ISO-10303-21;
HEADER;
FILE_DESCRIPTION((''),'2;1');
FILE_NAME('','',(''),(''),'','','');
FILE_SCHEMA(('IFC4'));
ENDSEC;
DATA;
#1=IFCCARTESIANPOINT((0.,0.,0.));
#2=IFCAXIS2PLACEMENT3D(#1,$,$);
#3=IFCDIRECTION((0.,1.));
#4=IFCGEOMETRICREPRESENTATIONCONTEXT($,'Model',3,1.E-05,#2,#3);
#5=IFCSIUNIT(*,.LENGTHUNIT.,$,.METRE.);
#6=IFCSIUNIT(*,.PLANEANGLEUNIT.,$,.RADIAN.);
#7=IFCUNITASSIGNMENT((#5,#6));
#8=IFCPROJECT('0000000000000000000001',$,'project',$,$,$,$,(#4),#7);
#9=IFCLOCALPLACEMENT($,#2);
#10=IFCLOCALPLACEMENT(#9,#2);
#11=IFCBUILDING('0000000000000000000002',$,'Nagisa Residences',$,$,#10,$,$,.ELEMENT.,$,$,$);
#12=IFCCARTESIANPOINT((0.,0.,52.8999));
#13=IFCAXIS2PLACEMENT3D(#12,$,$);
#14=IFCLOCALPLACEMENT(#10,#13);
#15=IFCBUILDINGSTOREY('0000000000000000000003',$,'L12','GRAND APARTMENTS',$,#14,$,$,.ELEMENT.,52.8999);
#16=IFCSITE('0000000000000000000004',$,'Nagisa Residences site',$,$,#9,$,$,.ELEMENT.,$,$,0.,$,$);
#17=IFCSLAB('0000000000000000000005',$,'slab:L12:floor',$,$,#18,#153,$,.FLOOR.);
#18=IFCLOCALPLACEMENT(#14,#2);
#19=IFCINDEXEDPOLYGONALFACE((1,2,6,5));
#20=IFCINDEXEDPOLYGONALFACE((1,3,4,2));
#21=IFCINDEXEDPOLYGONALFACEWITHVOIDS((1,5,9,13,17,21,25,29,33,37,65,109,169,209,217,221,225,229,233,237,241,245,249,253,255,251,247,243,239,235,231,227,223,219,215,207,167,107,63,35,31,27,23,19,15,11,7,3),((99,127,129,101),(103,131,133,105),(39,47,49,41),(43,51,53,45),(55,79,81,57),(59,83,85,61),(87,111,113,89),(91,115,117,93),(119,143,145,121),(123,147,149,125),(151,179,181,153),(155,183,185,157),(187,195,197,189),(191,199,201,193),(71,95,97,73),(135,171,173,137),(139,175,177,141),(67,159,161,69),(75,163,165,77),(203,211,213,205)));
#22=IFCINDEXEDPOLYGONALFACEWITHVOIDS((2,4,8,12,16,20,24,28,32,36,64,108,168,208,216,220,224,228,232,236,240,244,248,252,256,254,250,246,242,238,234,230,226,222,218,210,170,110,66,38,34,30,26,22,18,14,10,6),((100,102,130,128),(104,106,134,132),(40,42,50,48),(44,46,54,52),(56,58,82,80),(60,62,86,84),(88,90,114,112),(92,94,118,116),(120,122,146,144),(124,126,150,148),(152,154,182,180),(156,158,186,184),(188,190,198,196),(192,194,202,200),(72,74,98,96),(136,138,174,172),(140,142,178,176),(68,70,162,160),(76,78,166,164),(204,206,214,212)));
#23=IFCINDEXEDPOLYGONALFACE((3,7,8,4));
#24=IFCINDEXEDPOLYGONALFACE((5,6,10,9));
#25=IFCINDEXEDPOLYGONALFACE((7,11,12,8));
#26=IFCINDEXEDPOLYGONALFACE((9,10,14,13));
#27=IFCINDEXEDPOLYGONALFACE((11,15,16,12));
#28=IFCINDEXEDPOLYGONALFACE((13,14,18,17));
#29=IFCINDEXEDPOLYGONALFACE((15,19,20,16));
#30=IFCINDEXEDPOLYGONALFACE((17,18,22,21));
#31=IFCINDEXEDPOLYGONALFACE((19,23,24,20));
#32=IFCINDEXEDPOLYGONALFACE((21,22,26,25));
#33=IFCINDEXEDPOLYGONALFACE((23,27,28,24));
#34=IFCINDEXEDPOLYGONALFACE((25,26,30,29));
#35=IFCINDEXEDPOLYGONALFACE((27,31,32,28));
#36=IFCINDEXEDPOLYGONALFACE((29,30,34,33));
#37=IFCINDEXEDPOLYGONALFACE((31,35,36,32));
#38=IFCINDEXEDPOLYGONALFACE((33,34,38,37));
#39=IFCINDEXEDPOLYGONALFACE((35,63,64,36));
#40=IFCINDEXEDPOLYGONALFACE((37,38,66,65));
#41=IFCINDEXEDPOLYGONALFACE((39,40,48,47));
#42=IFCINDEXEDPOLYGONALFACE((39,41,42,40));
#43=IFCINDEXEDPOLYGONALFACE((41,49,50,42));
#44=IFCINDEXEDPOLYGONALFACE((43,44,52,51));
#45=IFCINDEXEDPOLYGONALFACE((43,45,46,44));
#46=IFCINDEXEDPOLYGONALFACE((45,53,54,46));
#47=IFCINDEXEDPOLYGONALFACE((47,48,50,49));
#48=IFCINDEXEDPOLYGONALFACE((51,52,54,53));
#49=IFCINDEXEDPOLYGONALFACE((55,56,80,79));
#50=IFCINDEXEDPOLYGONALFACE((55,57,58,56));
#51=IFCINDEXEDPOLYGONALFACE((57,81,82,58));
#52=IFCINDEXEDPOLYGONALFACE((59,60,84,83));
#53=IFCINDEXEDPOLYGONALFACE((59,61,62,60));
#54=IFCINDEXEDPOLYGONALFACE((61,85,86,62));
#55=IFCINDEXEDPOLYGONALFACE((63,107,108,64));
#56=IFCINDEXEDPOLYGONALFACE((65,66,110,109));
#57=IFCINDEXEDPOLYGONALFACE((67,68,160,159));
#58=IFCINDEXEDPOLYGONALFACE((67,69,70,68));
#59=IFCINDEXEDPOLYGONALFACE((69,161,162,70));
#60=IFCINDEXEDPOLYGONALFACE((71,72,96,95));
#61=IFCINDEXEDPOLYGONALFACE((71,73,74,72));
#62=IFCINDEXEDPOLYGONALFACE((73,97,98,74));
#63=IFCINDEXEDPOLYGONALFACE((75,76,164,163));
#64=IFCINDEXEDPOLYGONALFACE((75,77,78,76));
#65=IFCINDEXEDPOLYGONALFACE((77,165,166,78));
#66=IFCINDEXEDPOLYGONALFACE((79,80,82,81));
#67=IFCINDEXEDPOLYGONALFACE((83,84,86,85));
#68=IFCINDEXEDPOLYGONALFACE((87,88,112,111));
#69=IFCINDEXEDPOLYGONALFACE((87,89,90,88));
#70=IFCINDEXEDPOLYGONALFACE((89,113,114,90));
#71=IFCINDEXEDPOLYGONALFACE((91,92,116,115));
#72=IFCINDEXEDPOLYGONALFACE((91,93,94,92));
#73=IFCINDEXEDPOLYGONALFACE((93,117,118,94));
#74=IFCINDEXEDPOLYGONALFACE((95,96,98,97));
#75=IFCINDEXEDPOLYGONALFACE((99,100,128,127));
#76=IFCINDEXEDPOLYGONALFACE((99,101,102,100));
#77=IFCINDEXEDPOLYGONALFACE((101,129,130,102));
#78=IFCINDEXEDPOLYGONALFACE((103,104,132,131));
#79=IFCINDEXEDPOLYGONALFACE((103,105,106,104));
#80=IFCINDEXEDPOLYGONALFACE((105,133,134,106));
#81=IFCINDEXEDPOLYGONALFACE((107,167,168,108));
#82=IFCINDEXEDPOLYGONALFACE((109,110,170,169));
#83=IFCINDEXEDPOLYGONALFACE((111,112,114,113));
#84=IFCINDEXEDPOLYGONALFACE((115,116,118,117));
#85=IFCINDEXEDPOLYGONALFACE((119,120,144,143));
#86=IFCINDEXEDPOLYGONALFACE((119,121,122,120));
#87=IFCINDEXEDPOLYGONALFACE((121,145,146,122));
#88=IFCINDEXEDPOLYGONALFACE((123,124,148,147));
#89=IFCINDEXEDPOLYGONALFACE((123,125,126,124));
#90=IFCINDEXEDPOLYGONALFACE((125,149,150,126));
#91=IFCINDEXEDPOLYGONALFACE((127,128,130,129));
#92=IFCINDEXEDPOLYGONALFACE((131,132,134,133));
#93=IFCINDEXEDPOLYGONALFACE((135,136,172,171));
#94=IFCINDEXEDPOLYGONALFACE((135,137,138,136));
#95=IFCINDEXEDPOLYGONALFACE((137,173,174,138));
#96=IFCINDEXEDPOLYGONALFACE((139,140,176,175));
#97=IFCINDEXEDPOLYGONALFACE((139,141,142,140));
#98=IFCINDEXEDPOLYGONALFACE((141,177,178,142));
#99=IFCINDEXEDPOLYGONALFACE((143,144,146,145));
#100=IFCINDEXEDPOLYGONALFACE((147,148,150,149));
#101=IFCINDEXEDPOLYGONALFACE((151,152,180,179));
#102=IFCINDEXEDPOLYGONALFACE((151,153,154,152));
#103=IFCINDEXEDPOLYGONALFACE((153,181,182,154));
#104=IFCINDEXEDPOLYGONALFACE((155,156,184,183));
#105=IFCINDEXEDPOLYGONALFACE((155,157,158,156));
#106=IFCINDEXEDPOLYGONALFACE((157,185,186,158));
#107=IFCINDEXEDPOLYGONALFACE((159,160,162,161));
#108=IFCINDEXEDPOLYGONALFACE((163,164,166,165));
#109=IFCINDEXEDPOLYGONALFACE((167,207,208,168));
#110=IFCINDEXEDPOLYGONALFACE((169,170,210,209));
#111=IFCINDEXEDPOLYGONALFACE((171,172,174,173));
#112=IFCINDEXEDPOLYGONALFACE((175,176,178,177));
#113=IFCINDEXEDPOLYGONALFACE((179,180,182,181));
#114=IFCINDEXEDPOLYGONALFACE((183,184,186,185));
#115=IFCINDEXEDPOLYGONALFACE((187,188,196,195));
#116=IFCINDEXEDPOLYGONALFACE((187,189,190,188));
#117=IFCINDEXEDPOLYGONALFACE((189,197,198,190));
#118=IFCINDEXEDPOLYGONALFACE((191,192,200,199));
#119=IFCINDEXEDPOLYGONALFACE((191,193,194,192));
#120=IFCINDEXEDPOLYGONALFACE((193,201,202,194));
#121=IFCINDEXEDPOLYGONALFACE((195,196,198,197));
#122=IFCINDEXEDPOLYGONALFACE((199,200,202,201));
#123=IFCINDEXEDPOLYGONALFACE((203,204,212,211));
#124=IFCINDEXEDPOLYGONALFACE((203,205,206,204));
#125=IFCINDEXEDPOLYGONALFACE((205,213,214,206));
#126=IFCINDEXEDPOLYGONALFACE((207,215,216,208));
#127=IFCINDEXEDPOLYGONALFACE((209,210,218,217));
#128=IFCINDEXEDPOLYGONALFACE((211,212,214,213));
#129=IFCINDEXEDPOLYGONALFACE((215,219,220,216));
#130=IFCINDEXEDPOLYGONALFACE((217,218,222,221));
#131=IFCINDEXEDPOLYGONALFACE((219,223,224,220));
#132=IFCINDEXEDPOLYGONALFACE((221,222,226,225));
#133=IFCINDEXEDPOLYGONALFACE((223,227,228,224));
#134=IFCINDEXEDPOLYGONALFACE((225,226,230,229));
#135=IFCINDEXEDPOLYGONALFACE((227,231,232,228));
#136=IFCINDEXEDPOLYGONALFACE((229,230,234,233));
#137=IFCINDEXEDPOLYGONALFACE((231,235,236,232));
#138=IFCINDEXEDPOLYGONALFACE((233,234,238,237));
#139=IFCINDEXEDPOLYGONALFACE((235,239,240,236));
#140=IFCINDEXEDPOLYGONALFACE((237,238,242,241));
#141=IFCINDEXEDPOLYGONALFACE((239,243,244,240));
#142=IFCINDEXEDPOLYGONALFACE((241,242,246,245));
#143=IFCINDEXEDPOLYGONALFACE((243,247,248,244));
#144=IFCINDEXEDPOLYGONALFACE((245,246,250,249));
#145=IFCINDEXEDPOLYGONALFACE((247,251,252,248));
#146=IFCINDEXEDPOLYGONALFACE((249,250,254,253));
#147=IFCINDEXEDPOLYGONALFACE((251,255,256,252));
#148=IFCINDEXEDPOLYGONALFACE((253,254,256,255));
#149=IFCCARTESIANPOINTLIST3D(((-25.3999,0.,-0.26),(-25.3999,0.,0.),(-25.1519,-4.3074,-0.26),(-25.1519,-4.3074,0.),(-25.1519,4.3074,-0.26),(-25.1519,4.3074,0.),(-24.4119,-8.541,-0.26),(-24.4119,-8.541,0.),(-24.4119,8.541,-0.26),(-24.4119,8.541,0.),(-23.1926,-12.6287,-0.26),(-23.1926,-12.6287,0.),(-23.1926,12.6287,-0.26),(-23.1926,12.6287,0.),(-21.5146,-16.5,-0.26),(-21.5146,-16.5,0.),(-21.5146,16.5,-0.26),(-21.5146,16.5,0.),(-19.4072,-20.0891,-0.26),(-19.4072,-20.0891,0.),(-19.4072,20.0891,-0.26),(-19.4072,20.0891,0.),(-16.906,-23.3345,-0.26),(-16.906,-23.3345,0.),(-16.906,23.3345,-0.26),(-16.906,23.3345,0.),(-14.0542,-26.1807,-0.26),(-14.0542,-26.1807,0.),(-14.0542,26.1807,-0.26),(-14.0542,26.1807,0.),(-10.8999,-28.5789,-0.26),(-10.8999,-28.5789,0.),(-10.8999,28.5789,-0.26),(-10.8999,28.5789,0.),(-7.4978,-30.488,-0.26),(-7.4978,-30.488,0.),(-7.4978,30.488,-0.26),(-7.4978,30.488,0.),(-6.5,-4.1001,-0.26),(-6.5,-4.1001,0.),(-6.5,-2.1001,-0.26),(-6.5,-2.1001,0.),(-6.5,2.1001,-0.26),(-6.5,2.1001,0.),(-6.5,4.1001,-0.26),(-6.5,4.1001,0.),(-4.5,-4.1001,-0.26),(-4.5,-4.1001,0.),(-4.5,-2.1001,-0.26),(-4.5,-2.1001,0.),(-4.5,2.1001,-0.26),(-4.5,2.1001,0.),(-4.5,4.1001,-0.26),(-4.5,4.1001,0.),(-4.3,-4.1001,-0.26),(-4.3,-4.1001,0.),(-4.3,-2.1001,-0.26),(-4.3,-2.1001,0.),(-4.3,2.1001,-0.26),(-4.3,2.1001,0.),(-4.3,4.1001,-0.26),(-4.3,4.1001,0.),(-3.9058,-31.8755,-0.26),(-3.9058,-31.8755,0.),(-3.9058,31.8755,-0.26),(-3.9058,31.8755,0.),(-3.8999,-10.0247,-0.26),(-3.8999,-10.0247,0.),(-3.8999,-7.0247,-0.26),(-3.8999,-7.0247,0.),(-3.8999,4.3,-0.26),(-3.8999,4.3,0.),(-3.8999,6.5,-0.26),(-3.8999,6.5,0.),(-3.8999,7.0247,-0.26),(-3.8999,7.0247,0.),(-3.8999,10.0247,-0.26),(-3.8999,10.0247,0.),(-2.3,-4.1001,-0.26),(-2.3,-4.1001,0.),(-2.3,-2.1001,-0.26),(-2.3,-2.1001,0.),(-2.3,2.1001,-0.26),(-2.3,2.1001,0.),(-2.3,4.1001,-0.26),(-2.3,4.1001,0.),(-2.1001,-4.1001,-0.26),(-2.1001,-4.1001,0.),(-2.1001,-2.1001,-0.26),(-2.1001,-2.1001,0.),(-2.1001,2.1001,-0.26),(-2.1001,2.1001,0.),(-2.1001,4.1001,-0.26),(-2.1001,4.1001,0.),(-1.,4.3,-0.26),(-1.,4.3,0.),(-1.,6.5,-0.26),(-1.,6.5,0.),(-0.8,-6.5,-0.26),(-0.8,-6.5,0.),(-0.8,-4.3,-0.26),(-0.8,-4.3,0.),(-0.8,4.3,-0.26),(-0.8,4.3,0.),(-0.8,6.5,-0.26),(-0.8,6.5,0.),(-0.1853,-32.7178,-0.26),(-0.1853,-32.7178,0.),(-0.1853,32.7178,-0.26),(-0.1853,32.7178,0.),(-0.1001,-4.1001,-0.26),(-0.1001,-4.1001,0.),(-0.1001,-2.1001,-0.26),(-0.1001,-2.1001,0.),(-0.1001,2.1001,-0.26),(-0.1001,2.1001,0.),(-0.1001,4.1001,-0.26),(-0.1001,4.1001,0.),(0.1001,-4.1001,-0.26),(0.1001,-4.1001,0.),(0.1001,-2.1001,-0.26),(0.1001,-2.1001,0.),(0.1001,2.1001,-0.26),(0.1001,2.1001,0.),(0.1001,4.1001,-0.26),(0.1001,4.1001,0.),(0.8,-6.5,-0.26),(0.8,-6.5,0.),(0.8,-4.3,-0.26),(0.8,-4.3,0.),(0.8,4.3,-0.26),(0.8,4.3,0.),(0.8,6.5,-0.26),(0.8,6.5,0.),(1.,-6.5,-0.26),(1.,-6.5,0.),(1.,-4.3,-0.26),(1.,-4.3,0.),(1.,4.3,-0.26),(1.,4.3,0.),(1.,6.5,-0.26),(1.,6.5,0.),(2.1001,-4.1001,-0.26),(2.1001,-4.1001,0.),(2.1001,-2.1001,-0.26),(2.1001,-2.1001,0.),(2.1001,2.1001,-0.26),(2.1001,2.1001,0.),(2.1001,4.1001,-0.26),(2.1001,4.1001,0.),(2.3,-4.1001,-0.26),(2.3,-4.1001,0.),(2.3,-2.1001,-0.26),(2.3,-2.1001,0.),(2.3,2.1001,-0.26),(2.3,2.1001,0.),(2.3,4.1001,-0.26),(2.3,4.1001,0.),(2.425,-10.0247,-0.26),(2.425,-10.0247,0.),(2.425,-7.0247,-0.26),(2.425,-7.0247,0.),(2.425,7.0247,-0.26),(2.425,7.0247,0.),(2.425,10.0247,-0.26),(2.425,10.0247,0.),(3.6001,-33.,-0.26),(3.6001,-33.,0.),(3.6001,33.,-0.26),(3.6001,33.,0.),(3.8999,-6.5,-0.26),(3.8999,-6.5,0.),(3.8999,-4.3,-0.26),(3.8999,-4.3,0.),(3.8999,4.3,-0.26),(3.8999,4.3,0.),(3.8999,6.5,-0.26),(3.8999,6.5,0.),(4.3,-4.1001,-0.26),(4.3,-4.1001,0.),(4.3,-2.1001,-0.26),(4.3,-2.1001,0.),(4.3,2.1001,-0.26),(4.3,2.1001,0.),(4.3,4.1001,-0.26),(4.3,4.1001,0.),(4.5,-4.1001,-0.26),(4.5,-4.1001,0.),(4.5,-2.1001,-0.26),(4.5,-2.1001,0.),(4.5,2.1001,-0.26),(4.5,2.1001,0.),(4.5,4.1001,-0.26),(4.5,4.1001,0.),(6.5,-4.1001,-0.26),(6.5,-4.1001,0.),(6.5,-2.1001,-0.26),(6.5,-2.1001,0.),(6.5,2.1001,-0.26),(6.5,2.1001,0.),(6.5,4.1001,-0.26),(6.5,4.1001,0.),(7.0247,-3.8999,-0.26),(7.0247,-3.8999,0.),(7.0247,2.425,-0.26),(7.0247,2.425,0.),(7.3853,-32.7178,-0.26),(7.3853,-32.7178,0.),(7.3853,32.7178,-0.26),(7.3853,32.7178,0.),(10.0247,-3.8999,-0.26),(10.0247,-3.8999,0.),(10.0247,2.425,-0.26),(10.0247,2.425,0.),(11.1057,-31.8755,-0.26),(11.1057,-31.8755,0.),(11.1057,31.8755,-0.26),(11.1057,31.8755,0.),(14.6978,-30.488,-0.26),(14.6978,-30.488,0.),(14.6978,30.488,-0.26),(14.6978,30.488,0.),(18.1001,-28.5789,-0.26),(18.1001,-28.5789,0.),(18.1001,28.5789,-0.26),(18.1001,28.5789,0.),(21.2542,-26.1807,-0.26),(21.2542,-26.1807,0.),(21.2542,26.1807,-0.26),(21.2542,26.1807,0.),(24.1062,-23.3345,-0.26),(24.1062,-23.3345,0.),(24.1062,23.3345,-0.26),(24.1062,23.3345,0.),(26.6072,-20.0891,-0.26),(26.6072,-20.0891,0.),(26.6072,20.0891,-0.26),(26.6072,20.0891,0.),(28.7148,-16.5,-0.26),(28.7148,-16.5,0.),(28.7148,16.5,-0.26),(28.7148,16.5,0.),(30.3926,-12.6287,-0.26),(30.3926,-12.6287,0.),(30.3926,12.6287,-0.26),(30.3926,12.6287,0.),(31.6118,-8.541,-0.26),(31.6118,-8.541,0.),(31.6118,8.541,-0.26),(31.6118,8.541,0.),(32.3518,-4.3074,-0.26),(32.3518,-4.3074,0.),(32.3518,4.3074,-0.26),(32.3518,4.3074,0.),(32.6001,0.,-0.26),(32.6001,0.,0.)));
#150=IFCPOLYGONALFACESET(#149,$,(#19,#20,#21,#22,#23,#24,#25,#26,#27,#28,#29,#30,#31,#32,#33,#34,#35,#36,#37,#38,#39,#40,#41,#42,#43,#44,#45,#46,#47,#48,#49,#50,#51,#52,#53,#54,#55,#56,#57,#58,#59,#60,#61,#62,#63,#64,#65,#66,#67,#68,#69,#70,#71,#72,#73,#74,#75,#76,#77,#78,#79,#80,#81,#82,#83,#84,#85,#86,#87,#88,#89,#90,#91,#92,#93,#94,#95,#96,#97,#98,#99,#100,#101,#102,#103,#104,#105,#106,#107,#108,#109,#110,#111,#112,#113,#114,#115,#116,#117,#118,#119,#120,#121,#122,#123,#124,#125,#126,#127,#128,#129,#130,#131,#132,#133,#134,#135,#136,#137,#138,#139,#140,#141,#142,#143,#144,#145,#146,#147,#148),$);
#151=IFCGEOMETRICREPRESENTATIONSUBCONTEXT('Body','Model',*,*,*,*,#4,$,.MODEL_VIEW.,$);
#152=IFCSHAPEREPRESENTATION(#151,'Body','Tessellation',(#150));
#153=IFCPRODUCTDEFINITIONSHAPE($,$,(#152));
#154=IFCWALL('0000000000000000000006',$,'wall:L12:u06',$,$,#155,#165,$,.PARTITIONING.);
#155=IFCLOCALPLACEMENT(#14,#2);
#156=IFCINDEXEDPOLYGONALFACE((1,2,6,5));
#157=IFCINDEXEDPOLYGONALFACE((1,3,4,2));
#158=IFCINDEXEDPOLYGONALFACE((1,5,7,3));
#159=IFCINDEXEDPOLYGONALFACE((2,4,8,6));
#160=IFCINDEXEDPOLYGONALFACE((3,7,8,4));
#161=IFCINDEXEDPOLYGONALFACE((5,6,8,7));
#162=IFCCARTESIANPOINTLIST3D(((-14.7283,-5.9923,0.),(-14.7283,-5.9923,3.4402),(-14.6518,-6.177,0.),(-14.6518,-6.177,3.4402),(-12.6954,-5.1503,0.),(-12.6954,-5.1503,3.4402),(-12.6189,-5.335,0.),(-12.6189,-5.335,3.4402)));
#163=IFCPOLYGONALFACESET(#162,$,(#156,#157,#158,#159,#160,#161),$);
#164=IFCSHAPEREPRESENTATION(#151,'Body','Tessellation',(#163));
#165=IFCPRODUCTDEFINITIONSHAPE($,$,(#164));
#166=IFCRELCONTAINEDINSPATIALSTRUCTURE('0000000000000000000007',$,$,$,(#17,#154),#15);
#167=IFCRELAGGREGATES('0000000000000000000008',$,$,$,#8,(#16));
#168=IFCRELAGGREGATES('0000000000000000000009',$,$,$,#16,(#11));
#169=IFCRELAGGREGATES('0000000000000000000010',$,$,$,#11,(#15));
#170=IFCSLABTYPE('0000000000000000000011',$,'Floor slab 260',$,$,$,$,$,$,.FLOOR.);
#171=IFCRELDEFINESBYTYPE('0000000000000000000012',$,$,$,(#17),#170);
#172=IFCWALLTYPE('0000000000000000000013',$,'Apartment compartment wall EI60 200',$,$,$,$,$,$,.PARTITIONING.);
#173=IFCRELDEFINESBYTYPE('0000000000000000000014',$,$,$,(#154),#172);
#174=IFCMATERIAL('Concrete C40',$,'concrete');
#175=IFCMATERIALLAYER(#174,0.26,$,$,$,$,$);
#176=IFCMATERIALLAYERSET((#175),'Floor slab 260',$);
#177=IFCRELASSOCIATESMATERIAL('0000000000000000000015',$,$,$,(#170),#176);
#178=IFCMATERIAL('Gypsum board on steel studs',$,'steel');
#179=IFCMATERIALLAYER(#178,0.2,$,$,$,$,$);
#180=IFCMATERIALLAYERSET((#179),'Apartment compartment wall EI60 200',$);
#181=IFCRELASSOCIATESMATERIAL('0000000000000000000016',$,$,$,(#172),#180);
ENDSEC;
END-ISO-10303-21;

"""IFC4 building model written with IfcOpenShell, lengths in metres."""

from ifc_helpers import new_model, si_unit, direction, frame, frame_2d, origin, place, context, subcontext, project, spatial, polyline, rectangle, outline, extrude, material, layer, layer_set, type_object, element, save


model = new_model("IFC4")

# Units and contexts
model_context = context("Model", 3, precision=1e-05, world=origin(), true_north=direction((0.0, 1.0)))
body_context = subcontext(model_context, "Body", "Model", "MODEL_VIEW")
ifc_project = project(units=[si_unit("LENGTHUNIT", "METRE"), si_unit("PLANEANGLEUNIT", "RADIAN")], contexts=[model_context])

# Site, building, storey
site_placement = place(None, origin())
site = spatial("IfcSite", under=ifc_project, at=site_placement, Name="Nagisa Residences site", CompositionType="ELEMENT", RefElevation=0.0)
building_placement = place(site_placement, origin())
building = spatial("IfcBuilding", under=site, at=building_placement, Name="Nagisa Residences", CompositionType="ELEMENT")
storey_placement = place(building_placement, frame((0.0, 0.0, 52.8999)))
storey = spatial("IfcBuildingStorey", under=building, at=storey_placement, Name="L12", Description="GRAND APARTMENTS", CompositionType="ELEMENT", Elevation=52.8999)

# Slab
ifc_material_1 = material(Name="Concrete C40", Category="concrete")
ifc_layer_1 = layer(ifc_material_1, 0.26)
ifc_layer_set_1 = layer_set([ifc_layer_1], Name="Floor slab 260")
slab_type_1 = type_object("IfcSlabType", Name="Floor slab 260", PredefinedType="FLOOR", material=ifc_layer_set_1)
slab_1_placement = place(storey_placement, frame((0.0, 0.0, -0.26)))
element("IfcSlab", 1, at=slab_1_placement, inside=storey, type_object=slab_type_1, Name="slab:L12:floor", PredefinedType="FLOOR", context=body_context, shape_type="SweptSolid", body=[
    extrude(outline(polyline([(32.6001, 0.0), (32.3518, 4.3074), (31.6118, 8.541), (30.3926, 12.6287), (28.7148, 16.5), (26.6072, 20.0891), (24.1062, 23.3345), (21.2542, 26.1807), (18.1001, 28.5789), (14.6978, 30.488), (11.1057, 31.8755), (7.3853, 32.7178), (3.6001, 33.0), (-0.1853, 32.7178), (-3.9058, 31.8755), (-7.4978, 30.488), (-10.8999, 28.5789), (-14.0542, 26.1807), (-16.906, 23.3345), (-19.4072, 20.0891), (-21.5146, 16.5), (-23.1926, 12.6287), (-24.4119, 8.541), (-25.1519, 4.3074), (-25.3999, 0.0), (-25.1519, -4.3074), (-24.4119, -8.541), (-23.1926, -12.6287), (-21.5146, -16.5), (-19.4072, -20.0891), (-16.906, -23.3345), (-14.0542, -26.1807), (-10.8999, -28.5789), (-7.4978, -30.488), (-3.9058, -31.8755), (-0.1853, -32.7178), (3.6001, -33.0), (7.3853, -32.7178), (11.1057, -31.8755), (14.6978, -30.488), (18.1001, -28.5789), (21.2542, -26.1807), (24.1062, -23.3345), (26.6072, -20.0891), (28.7148, -16.5), (30.3926, -12.6287), (31.6118, -8.541), (32.3518, -4.3074), (32.6001, 0.0)]), holes=[polyline([(-4.5, 2.1001), (-4.5, 4.1001), (-6.5, 4.1001), (-6.5, 2.1001), (-4.5, 2.1001)]), polyline([(-2.3, 2.1001), (-2.3, 4.1001), (-4.3, 4.1001), (-4.3, 2.1001), (-2.3, 2.1001)]), polyline([(-0.1001, 2.1001), (-0.1001, 4.1001), (-2.1001, 4.1001), (-2.1001, 2.1001), (-0.1001, 2.1001)]), polyline([(2.1001, 2.1001), (2.1001, 4.1001), (0.1001, 4.1001), (0.1001, 2.1001), (2.1001, 2.1001)]), polyline([(4.3, 2.1001), (4.3, 4.1001), (2.3, 4.1001), (2.3, 2.1001), (4.3, 2.1001)]), polyline([(6.5, 2.1001), (6.5, 4.1001), (4.5, 4.1001), (4.5, 2.1001), (6.5, 2.1001)]), polyline([(-4.5, -4.1001), (-4.5, -2.1001), (-6.5, -2.1001), (-6.5, -4.1001), (-4.5, -4.1001)]), polyline([(-2.3, -4.1001), (-2.3, -2.1001), (-4.3, -2.1001), (-4.3, -4.1001), (-2.3, -4.1001)]), polyline([(-0.1001, -4.1001), (-0.1001, -2.1001), (-2.1001, -2.1001), (-2.1001, -4.1001), (-0.1001, -4.1001)]), polyline([(2.1001, -4.1001), (2.1001, -2.1001), (0.1001, -2.1001), (0.1001, -4.1001), (2.1001, -4.1001)]), polyline([(4.3, -4.1001), (4.3, -2.1001), (2.3, -2.1001), (2.3, -4.1001), (4.3, -4.1001)]), polyline([(6.5, -4.1001), (6.5, -2.1001), (4.5, -2.1001), (4.5, -4.1001), (6.5, -4.1001)]), polyline([(3.8999, 4.3), (3.8999, 6.5), (1.0, 6.5), (1.0, 4.3), (3.8999, 4.3)]), polyline([(3.8999, -6.5), (3.8999, -4.3), (1.0, -4.3), (1.0, -6.5), (3.8999, -6.5)]), polyline([(-1.0, 4.3), (-1.0, 6.5), (-3.8999, 6.5), (-3.8999, 4.3), (-1.0, 4.3)]), polyline([(0.8, 4.3), (0.8, 6.5), (-0.8, 6.5), (-0.8, 4.3), (0.8, 4.3)]), polyline([(0.8, -6.5), (0.8, -4.3), (-0.8, -4.3), (-0.8, -6.5), (0.8, -6.5)]), polyline([(10.0247, -3.8999), (7.0247, -3.8999), (7.0247, 2.425), (10.0247, 2.425), (10.0247, -3.8999)]), polyline([(-3.8999, 7.0247), (-3.8999, 10.0247), (2.425, 10.0247), (2.425, 7.0247), (-3.8999, 7.0247)]), polyline([(-3.8999, -10.0247), (-3.8999, -7.0247), (2.425, -7.0247), (2.425, -10.0247), (-3.8999, -10.0247)])]), origin(), (0.0, 0.0, 1.0), 0.26),
])

# Wall
ifc_material_2 = material(Name="Gypsum board on steel studs", Category="steel")
ifc_layer_2 = layer(ifc_material_2, 0.2)
ifc_layer_set_2 = layer_set([ifc_layer_2], Name="Apartment compartment wall EI60 200")
wall_type_1 = type_object("IfcWallType", Name="Apartment compartment wall EI60 200", PredefinedType="PARTITIONING", material=ifc_layer_set_2)
wall_1_placement = place(storey_placement, frame((-12.6572, -5.2427, 0.0), z_axis=(0.0, 0.0, 1.0), x_axis=(-0.923886, -0.382669, 0.0)))
element("IfcWall", 2, at=wall_1_placement, inside=storey, type_object=wall_type_1, Name="wall:L12:u06", PredefinedType="PARTITIONING", context=body_context, shape_type="SweptSolid", body=[
    extrude(rectangle(XDim=2.2004, YDim=0.2, at=frame_2d((1.1001, 0.0))), origin(), (0.0, 0.0, 1.0), 3.4402),
])

save(model, "model.ifc")
